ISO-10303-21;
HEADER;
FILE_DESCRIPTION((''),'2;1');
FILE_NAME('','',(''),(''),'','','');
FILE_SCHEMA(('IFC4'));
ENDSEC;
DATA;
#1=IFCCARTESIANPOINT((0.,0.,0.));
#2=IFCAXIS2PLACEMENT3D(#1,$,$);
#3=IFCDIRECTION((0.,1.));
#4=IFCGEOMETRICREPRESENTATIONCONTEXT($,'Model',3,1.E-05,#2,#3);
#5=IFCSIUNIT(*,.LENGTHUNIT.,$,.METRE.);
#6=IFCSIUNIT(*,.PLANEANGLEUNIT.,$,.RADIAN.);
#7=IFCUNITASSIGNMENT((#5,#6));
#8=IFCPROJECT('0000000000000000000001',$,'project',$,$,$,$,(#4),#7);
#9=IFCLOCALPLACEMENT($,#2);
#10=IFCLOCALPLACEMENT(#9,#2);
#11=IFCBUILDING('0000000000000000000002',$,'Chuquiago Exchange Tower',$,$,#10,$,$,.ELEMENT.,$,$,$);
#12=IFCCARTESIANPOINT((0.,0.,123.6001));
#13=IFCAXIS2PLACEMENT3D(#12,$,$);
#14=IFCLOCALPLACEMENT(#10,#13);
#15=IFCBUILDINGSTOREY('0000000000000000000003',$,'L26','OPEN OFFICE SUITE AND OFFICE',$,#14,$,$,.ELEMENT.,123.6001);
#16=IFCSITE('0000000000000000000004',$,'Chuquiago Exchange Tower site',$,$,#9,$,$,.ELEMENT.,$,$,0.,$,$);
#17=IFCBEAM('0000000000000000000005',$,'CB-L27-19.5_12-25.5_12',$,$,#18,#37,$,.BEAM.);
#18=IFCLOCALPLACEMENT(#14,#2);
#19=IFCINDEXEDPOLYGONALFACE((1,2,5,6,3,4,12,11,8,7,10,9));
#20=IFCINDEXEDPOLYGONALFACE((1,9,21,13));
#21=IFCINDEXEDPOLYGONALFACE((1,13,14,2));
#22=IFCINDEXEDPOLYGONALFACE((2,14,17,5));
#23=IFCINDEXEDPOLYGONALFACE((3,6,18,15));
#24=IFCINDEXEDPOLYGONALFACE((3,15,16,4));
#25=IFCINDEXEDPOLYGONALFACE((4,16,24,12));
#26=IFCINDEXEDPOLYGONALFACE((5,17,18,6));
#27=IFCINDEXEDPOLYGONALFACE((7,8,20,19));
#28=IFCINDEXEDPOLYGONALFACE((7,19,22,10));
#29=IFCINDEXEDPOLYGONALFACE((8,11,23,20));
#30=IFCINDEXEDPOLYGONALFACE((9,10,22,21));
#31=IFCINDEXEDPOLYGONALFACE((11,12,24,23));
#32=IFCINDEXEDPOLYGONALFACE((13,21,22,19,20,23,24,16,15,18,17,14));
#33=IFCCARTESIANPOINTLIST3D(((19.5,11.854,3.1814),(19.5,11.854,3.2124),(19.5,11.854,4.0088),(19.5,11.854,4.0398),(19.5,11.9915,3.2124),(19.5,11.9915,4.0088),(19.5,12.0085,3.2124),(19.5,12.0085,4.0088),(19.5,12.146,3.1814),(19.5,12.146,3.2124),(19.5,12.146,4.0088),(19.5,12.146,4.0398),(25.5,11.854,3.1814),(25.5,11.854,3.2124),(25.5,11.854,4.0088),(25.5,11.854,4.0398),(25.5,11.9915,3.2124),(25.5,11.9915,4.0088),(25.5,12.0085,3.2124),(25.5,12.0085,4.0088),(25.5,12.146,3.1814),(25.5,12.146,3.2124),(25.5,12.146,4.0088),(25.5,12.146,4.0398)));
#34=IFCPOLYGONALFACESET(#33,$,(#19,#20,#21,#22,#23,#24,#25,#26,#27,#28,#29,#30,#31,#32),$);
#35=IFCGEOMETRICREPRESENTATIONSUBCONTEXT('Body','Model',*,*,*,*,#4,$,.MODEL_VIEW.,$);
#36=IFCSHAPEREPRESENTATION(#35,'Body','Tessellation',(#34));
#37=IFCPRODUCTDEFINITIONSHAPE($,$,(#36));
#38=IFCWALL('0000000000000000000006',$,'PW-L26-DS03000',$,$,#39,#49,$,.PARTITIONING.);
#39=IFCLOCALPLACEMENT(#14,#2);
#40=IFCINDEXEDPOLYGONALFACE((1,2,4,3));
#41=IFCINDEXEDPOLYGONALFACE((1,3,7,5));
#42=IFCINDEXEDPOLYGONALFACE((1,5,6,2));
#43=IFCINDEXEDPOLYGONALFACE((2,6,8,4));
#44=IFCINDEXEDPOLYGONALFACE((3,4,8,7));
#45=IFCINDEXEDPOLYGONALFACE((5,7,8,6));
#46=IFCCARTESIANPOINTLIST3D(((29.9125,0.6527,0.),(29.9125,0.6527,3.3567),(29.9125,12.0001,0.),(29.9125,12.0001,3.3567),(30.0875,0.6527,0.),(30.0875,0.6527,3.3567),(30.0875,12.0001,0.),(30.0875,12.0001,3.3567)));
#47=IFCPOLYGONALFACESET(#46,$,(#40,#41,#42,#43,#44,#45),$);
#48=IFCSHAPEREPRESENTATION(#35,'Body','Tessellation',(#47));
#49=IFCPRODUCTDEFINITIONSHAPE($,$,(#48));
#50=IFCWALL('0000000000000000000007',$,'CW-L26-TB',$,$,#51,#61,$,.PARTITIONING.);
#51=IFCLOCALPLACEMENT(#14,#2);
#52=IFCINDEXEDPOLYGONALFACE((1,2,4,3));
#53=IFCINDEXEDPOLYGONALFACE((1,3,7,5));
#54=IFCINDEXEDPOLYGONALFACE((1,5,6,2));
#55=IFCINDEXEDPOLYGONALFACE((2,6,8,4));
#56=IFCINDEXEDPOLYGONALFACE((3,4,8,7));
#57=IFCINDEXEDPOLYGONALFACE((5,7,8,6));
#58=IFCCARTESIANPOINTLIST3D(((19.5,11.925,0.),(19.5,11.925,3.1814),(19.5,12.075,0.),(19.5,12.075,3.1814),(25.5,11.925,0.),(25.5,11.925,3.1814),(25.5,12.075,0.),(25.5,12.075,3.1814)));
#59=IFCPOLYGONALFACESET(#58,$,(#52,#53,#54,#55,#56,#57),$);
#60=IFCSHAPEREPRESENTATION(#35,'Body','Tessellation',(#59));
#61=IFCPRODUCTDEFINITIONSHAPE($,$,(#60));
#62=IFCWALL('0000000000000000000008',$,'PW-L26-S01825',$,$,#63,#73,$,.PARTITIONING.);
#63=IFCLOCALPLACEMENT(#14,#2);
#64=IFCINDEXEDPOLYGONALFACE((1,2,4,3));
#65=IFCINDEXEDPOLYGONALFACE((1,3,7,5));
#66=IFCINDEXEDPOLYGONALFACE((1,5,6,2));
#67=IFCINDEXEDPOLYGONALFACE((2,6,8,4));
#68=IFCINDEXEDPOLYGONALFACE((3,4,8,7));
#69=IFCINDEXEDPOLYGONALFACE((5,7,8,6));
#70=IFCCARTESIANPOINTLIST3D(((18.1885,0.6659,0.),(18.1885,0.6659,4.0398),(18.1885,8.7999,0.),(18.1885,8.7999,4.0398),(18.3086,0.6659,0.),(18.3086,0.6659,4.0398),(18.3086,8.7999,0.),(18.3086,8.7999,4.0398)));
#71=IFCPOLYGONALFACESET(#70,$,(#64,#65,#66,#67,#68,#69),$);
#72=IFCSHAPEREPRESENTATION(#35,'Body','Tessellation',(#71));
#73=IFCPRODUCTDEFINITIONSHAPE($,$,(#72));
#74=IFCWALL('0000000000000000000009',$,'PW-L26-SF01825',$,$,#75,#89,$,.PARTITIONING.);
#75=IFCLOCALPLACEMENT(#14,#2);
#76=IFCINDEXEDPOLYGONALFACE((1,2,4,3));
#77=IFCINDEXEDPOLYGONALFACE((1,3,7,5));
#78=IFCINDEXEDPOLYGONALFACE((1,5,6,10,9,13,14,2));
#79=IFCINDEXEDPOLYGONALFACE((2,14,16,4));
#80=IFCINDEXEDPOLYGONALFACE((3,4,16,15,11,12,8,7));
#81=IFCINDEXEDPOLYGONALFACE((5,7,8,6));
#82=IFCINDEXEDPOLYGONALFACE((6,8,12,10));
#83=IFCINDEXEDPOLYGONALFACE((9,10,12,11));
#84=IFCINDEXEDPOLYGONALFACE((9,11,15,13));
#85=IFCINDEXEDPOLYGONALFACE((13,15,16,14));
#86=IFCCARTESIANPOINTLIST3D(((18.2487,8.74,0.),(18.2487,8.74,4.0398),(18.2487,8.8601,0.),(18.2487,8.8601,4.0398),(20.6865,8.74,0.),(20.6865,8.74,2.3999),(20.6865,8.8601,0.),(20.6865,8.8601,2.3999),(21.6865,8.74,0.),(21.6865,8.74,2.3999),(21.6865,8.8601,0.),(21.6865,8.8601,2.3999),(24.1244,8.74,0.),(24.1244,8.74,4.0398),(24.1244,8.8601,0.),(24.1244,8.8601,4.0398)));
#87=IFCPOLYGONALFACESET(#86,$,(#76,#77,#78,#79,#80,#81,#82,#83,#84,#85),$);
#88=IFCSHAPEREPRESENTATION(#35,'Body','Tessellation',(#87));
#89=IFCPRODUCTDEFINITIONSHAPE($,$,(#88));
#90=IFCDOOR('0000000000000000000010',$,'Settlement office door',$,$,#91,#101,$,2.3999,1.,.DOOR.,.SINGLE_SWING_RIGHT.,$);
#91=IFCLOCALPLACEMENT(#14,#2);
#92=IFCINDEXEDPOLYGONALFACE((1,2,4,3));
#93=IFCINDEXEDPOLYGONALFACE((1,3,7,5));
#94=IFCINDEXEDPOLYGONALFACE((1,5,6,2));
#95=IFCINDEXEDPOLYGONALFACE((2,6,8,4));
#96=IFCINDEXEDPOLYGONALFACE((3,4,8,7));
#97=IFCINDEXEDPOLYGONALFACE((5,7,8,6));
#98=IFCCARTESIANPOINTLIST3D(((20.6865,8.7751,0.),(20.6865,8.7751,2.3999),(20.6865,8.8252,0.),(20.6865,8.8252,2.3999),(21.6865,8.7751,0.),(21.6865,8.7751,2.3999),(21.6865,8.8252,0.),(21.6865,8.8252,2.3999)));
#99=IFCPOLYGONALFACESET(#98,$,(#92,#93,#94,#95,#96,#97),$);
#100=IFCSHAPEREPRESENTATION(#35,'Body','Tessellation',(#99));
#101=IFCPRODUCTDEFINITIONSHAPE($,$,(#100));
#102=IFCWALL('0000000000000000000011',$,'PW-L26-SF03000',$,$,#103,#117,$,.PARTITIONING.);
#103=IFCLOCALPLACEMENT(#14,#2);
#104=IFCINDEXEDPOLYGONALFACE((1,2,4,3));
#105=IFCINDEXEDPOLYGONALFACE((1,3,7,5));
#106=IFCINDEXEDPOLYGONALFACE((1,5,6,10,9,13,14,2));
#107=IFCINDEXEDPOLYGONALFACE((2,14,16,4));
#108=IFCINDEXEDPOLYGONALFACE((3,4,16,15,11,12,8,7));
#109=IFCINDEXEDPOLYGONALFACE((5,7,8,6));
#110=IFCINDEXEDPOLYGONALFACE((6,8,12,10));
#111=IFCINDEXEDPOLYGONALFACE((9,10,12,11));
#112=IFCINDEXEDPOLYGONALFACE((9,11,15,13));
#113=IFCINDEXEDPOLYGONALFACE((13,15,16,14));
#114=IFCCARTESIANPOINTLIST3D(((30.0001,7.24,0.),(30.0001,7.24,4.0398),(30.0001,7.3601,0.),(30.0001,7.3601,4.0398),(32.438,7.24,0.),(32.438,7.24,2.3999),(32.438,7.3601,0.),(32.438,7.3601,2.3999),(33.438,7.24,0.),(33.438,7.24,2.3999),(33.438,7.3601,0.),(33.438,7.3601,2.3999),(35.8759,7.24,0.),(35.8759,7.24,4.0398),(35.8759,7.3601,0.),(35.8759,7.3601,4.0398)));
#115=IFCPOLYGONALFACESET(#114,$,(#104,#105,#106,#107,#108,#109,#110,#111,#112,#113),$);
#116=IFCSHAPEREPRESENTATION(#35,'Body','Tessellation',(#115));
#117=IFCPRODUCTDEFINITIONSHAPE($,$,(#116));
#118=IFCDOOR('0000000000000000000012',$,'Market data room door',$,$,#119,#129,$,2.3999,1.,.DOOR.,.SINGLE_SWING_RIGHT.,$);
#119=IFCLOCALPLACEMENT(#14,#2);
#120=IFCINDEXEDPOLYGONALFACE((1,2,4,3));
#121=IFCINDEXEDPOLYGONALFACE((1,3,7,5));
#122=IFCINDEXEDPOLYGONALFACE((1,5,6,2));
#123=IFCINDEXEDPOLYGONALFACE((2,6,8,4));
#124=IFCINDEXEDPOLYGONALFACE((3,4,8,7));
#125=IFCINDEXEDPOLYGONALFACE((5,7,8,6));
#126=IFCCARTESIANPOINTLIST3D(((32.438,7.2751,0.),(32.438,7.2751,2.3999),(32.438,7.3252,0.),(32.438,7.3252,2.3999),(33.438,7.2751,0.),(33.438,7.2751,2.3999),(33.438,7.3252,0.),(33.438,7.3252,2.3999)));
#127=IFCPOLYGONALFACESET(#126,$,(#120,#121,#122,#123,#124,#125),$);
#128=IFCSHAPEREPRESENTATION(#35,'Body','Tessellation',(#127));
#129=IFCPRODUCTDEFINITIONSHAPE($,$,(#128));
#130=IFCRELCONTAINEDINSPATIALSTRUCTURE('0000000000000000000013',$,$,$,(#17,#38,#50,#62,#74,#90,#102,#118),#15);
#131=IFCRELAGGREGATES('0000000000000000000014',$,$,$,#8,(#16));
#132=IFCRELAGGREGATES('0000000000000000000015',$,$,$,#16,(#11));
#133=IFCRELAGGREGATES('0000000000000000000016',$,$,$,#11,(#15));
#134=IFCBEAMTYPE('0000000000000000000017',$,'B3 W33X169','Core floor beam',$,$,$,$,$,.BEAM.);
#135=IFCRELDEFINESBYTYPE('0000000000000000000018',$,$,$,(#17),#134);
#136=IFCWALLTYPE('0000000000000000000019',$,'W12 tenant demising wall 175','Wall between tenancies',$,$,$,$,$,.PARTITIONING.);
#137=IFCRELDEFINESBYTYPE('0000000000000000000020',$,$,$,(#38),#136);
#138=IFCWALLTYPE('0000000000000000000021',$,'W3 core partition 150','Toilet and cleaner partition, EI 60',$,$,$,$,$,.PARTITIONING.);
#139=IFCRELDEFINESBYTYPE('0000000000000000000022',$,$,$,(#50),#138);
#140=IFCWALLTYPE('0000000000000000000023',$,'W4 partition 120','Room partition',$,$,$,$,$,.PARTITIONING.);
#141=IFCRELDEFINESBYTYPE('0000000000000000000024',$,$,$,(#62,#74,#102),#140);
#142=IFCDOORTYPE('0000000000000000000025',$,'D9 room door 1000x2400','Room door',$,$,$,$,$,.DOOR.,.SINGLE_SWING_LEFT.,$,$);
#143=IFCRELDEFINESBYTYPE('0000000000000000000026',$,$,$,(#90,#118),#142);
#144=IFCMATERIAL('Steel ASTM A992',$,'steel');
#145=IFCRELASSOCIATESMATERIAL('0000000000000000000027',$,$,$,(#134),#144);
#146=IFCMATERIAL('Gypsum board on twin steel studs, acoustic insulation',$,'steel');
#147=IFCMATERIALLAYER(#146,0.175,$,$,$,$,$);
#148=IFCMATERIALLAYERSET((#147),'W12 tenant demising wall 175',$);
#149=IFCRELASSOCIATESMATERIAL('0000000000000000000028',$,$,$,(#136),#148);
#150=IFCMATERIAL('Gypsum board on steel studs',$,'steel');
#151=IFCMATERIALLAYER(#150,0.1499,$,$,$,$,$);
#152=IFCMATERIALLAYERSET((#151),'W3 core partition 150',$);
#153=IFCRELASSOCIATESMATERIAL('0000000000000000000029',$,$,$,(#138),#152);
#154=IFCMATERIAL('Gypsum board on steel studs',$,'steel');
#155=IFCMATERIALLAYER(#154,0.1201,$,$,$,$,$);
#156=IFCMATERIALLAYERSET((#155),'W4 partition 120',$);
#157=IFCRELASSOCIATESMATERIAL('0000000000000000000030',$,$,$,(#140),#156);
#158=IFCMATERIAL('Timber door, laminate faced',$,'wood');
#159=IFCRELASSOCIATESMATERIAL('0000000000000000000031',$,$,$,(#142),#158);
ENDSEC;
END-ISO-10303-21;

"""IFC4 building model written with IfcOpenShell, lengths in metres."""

from ifc_helpers import new_model, si_unit, direction, frame, frame_2d, origin, origin_2d, place, context, subcontext, project, spatial, rectangle, i_section, extrude, material, layer, layer_set, material_profile, profile_set, type_object, element, fill, save


model = new_model("IFC4")

# Units and contexts
model_context = context("Model", 3, precision=1e-05, world=origin(), true_north=direction((0.0, 1.0)))
body_context = subcontext(model_context, "Body", "Model", "MODEL_VIEW")
ifc_project = project(units=[si_unit("LENGTHUNIT", "METRE"), si_unit("PLANEANGLEUNIT", "RADIAN")], contexts=[model_context])

# Site, building, storey
site_placement = place(None, origin())
site = spatial("IfcSite", under=ifc_project, at=site_placement, Name="Chuquiago Exchange Tower site", CompositionType="ELEMENT", RefElevation=0.0)
building_placement = place(site_placement, origin())
building = spatial("IfcBuilding", under=site, at=building_placement, Name="Chuquiago Exchange Tower", CompositionType="ELEMENT")
storey_placement = place(building_placement, frame((0.0, 0.0, 123.6001)))
storey = spatial("IfcBuildingStorey", under=building, at=storey_placement, Name="L26", Description="OPEN OFFICE SUITE AND OFFICE", CompositionType="ELEMENT", Elevation=123.6001)

# Beam
ifc_material_1 = material(Name="Steel ASTM A992", Category="steel")
ifc_material_profile_1 = material_profile(ifc_material_1, i_section(OverallWidth=0.292, OverallDepth=0.8584, WebThickness=0.0171, FlangeThickness=0.031, at=origin_2d()), Name="W33X169")
ifc_profile_set_1 = profile_set([ifc_material_profile_1], Name="Steel ASTM A992")
beam_type_1 = type_object("IfcBeamType", Name="B3 W33X169", Description="Core floor beam", PredefinedType="BEAM", material=ifc_profile_set_1)
beam_1_placement = place(storey_placement, frame((19.5, 12.0, 3.6106), z_axis=(1.0, 0.0, 0.0), x_axis=(0.0, 1.0, 0.0)))
element("IfcBeam", 1, at=beam_1_placement, inside=storey, type_object=beam_type_1, Name="CB-L27-19.5_12-25.5_12", PredefinedType="BEAM", context=body_context, shape_type="SweptSolid", body=[
    extrude(i_section(OverallWidth=0.292, OverallDepth=0.8584, WebThickness=0.0171, FlangeThickness=0.031, at=origin_2d()), origin(), (0.0, 0.0, 1.0), 6.0),
])

# Walls
ifc_material_2 = material(Name="Gypsum board on twin steel studs, acoustic insulation", Category="steel")
ifc_layer_1 = layer(ifc_material_2, 0.175)
ifc_layer_set_1 = layer_set([ifc_layer_1], Name="W12 tenant demising wall 175")
wall_type_1 = type_object("IfcWallType", Name="W12 tenant demising wall 175", Description="Wall between tenancies", PredefinedType="PARTITIONING", material=ifc_layer_set_1)
wall_1_placement = place(storey_placement, frame((30.0, 0.6526, 0.0), z_axis=(0.0, 0.0, 1.0), x_axis=(0.0, 1.0, 0.0)))
element("IfcWall", 2, at=wall_1_placement, inside=storey, type_object=wall_type_1, Name="PW-L26-DS03000", PredefinedType="PARTITIONING", context=body_context, shape_type="SweptSolid", body=[
    extrude(rectangle(XDim=11.3474, YDim=0.175, at=frame_2d((5.6738, 0.0))), origin(), (0.0, 0.0, 1.0), 3.3567),
])
ifc_material_3 = material(Name="Gypsum board on steel studs", Category="steel")
ifc_layer_2 = layer(ifc_material_3, 0.1499)
ifc_layer_set_2 = layer_set([ifc_layer_2], Name="W3 core partition 150")
wall_type_2 = type_object("IfcWallType", Name="W3 core partition 150", Description="Toilet and cleaner partition, EI 60", PredefinedType="PARTITIONING", material=ifc_layer_set_2)
wall_2_placement = place(storey_placement, frame((19.5, 12.0, 0.0), z_axis=(0.0, 0.0, 1.0), x_axis=(1.0, 0.0, 0.0)))
element("IfcWall", 3, at=wall_2_placement, inside=storey, type_object=wall_type_2, Name="CW-L26-TB", PredefinedType="PARTITIONING", context=body_context, shape_type="SweptSolid", body=[
    extrude(rectangle(XDim=6.0, YDim=0.1499, at=frame_2d((3.0, 0.0))), origin(), (0.0, 0.0, 1.0), 3.1814),
])
ifc_material_4 = material(Name="Gypsum board on steel studs", Category="steel")
ifc_layer_3 = layer(ifc_material_4, 0.1201)
ifc_layer_set_3 = layer_set([ifc_layer_3], Name="W4 partition 120")
wall_type_3 = type_object("IfcWallType", Name="W4 partition 120", Description="Room partition", PredefinedType="PARTITIONING", material=ifc_layer_set_3)
wall_3_placement = place(storey_placement, frame((18.2485, 0.666, 0.0), z_axis=(0.0, 0.0, 1.0), x_axis=(0.0, 1.0, 0.0)))
element("IfcWall", 4, at=wall_3_placement, inside=storey, type_object=wall_type_3, Name="PW-L26-S01825", PredefinedType="PARTITIONING", context=body_context, shape_type="SweptSolid", body=[
    extrude(rectangle(XDim=8.134, YDim=0.1201, at=frame_2d((4.0669, 0.0))), origin(), (0.0, 0.0, 1.0), 4.0398),
])

# Walls, openings, doors
wall_4_placement = place(storey_placement, frame((18.2485, 8.8, 0.0), z_axis=(0.0, 0.0, 1.0), x_axis=(1.0, 0.0, 0.0)))
wall_4 = element("IfcWall", 5, at=wall_4_placement, inside=storey, type_object=wall_type_3, Name="PW-L26-SF01825", PredefinedType="PARTITIONING", context=body_context, shape_type="SweptSolid", body=[
    extrude(rectangle(XDim=5.8757, YDim=0.1201, at=frame_2d((2.938, 0.0))), origin(), (0.0, 0.0, 1.0), 4.0398),
])
opening_1_placement = place(wall_4_placement, frame((2.438, 0.0, 0.0)))
opening_1 = element("IfcOpeningElement", 6, at=opening_1_placement, cuts=wall_4, PredefinedType="OPENING", context=body_context, shape_type="SweptSolid", body=[
    extrude(rectangle(XDim=1.0, YDim=2.3999, at=frame_2d((0.5, 1.2))), frame((0.0, 0.0701, 0.0), z_axis=(0.0, -1.0, 0.0), x_axis=(1.0, 0.0, 0.0)), (0.0, 0.0, 1.0), 0.1401),
])
ifc_material_5 = material(Name="Timber door, laminate faced", Category="wood")
door_type_1 = type_object("IfcDoorType", Name="D9 room door 1000x2400", Description="Room door", OperationType="SINGLE_SWING_LEFT", PredefinedType="DOOR", material=ifc_material_5)
door_1_placement = place(opening_1_placement, frame((1.0, 0.0, 0.0), z_axis=(0.0, 0.0, 1.0), x_axis=(-1.0, 0.0, 0.0)))
door_1 = element("IfcDoor", 7, at=door_1_placement, inside=storey, type_object=door_type_1, Name="Settlement office door", OperationType="SINGLE_SWING_RIGHT", OverallHeight=2.3999, OverallWidth=1.0, PredefinedType="DOOR", context=body_context, shape_type="SweptSolid", body=[
    extrude(rectangle(XDim=1.0, YDim=2.3999, at=frame_2d((0.5, 1.2))), frame((0.0, 0.0249, 0.0), z_axis=(0.0, -1.0, 0.0), x_axis=(1.0, 0.0, 0.0)), (0.0, 0.0, 1.0), 0.05),
])
fill(opening_1, door_1)
wall_5_placement = place(storey_placement, frame((30.0, 7.3, 0.0), z_axis=(0.0, 0.0, 1.0), x_axis=(1.0, 0.0, 0.0)))
wall_5 = element("IfcWall", 8, at=wall_5_placement, inside=storey, type_object=wall_type_3, Name="PW-L26-SF03000", PredefinedType="PARTITIONING", context=body_context, shape_type="SweptSolid", body=[
    extrude(rectangle(XDim=5.8757, YDim=0.1201, at=frame_2d((2.938, 0.0))), origin(), (0.0, 0.0, 1.0), 4.0398),
])
opening_2_placement = place(wall_5_placement, frame((2.438, 0.0, 0.0)))
opening_2 = element("IfcOpeningElement", 9, at=opening_2_placement, cuts=wall_5, PredefinedType="OPENING", context=body_context, shape_type="SweptSolid", body=[
    extrude(rectangle(XDim=1.0, YDim=2.3999, at=frame_2d((0.5, 1.2))), frame((0.0, 0.0701, 0.0), z_axis=(0.0, -1.0, 0.0), x_axis=(1.0, 0.0, 0.0)), (0.0, 0.0, 1.0), 0.1401),
])
door_2_placement = place(opening_2_placement, frame((1.0, 0.0, 0.0), z_axis=(0.0, 0.0, 1.0), x_axis=(-1.0, 0.0, 0.0)))
door_2 = element("IfcDoor", 10, at=door_2_placement, inside=storey, type_object=door_type_1, Name="Market data room door", OperationType="SINGLE_SWING_RIGHT", OverallHeight=2.3999, OverallWidth=1.0, PredefinedType="DOOR", context=body_context, shape_type="SweptSolid", body=[
    extrude(rectangle(XDim=1.0, YDim=2.3999, at=frame_2d((0.5, 1.2))), frame((0.0, 0.0249, 0.0), z_axis=(0.0, -1.0, 0.0), x_axis=(1.0, 0.0, 0.0)), (0.0, 0.0, 1.0), 0.05),
])
fill(opening_2, door_2)

save(model, "model.ifc")
